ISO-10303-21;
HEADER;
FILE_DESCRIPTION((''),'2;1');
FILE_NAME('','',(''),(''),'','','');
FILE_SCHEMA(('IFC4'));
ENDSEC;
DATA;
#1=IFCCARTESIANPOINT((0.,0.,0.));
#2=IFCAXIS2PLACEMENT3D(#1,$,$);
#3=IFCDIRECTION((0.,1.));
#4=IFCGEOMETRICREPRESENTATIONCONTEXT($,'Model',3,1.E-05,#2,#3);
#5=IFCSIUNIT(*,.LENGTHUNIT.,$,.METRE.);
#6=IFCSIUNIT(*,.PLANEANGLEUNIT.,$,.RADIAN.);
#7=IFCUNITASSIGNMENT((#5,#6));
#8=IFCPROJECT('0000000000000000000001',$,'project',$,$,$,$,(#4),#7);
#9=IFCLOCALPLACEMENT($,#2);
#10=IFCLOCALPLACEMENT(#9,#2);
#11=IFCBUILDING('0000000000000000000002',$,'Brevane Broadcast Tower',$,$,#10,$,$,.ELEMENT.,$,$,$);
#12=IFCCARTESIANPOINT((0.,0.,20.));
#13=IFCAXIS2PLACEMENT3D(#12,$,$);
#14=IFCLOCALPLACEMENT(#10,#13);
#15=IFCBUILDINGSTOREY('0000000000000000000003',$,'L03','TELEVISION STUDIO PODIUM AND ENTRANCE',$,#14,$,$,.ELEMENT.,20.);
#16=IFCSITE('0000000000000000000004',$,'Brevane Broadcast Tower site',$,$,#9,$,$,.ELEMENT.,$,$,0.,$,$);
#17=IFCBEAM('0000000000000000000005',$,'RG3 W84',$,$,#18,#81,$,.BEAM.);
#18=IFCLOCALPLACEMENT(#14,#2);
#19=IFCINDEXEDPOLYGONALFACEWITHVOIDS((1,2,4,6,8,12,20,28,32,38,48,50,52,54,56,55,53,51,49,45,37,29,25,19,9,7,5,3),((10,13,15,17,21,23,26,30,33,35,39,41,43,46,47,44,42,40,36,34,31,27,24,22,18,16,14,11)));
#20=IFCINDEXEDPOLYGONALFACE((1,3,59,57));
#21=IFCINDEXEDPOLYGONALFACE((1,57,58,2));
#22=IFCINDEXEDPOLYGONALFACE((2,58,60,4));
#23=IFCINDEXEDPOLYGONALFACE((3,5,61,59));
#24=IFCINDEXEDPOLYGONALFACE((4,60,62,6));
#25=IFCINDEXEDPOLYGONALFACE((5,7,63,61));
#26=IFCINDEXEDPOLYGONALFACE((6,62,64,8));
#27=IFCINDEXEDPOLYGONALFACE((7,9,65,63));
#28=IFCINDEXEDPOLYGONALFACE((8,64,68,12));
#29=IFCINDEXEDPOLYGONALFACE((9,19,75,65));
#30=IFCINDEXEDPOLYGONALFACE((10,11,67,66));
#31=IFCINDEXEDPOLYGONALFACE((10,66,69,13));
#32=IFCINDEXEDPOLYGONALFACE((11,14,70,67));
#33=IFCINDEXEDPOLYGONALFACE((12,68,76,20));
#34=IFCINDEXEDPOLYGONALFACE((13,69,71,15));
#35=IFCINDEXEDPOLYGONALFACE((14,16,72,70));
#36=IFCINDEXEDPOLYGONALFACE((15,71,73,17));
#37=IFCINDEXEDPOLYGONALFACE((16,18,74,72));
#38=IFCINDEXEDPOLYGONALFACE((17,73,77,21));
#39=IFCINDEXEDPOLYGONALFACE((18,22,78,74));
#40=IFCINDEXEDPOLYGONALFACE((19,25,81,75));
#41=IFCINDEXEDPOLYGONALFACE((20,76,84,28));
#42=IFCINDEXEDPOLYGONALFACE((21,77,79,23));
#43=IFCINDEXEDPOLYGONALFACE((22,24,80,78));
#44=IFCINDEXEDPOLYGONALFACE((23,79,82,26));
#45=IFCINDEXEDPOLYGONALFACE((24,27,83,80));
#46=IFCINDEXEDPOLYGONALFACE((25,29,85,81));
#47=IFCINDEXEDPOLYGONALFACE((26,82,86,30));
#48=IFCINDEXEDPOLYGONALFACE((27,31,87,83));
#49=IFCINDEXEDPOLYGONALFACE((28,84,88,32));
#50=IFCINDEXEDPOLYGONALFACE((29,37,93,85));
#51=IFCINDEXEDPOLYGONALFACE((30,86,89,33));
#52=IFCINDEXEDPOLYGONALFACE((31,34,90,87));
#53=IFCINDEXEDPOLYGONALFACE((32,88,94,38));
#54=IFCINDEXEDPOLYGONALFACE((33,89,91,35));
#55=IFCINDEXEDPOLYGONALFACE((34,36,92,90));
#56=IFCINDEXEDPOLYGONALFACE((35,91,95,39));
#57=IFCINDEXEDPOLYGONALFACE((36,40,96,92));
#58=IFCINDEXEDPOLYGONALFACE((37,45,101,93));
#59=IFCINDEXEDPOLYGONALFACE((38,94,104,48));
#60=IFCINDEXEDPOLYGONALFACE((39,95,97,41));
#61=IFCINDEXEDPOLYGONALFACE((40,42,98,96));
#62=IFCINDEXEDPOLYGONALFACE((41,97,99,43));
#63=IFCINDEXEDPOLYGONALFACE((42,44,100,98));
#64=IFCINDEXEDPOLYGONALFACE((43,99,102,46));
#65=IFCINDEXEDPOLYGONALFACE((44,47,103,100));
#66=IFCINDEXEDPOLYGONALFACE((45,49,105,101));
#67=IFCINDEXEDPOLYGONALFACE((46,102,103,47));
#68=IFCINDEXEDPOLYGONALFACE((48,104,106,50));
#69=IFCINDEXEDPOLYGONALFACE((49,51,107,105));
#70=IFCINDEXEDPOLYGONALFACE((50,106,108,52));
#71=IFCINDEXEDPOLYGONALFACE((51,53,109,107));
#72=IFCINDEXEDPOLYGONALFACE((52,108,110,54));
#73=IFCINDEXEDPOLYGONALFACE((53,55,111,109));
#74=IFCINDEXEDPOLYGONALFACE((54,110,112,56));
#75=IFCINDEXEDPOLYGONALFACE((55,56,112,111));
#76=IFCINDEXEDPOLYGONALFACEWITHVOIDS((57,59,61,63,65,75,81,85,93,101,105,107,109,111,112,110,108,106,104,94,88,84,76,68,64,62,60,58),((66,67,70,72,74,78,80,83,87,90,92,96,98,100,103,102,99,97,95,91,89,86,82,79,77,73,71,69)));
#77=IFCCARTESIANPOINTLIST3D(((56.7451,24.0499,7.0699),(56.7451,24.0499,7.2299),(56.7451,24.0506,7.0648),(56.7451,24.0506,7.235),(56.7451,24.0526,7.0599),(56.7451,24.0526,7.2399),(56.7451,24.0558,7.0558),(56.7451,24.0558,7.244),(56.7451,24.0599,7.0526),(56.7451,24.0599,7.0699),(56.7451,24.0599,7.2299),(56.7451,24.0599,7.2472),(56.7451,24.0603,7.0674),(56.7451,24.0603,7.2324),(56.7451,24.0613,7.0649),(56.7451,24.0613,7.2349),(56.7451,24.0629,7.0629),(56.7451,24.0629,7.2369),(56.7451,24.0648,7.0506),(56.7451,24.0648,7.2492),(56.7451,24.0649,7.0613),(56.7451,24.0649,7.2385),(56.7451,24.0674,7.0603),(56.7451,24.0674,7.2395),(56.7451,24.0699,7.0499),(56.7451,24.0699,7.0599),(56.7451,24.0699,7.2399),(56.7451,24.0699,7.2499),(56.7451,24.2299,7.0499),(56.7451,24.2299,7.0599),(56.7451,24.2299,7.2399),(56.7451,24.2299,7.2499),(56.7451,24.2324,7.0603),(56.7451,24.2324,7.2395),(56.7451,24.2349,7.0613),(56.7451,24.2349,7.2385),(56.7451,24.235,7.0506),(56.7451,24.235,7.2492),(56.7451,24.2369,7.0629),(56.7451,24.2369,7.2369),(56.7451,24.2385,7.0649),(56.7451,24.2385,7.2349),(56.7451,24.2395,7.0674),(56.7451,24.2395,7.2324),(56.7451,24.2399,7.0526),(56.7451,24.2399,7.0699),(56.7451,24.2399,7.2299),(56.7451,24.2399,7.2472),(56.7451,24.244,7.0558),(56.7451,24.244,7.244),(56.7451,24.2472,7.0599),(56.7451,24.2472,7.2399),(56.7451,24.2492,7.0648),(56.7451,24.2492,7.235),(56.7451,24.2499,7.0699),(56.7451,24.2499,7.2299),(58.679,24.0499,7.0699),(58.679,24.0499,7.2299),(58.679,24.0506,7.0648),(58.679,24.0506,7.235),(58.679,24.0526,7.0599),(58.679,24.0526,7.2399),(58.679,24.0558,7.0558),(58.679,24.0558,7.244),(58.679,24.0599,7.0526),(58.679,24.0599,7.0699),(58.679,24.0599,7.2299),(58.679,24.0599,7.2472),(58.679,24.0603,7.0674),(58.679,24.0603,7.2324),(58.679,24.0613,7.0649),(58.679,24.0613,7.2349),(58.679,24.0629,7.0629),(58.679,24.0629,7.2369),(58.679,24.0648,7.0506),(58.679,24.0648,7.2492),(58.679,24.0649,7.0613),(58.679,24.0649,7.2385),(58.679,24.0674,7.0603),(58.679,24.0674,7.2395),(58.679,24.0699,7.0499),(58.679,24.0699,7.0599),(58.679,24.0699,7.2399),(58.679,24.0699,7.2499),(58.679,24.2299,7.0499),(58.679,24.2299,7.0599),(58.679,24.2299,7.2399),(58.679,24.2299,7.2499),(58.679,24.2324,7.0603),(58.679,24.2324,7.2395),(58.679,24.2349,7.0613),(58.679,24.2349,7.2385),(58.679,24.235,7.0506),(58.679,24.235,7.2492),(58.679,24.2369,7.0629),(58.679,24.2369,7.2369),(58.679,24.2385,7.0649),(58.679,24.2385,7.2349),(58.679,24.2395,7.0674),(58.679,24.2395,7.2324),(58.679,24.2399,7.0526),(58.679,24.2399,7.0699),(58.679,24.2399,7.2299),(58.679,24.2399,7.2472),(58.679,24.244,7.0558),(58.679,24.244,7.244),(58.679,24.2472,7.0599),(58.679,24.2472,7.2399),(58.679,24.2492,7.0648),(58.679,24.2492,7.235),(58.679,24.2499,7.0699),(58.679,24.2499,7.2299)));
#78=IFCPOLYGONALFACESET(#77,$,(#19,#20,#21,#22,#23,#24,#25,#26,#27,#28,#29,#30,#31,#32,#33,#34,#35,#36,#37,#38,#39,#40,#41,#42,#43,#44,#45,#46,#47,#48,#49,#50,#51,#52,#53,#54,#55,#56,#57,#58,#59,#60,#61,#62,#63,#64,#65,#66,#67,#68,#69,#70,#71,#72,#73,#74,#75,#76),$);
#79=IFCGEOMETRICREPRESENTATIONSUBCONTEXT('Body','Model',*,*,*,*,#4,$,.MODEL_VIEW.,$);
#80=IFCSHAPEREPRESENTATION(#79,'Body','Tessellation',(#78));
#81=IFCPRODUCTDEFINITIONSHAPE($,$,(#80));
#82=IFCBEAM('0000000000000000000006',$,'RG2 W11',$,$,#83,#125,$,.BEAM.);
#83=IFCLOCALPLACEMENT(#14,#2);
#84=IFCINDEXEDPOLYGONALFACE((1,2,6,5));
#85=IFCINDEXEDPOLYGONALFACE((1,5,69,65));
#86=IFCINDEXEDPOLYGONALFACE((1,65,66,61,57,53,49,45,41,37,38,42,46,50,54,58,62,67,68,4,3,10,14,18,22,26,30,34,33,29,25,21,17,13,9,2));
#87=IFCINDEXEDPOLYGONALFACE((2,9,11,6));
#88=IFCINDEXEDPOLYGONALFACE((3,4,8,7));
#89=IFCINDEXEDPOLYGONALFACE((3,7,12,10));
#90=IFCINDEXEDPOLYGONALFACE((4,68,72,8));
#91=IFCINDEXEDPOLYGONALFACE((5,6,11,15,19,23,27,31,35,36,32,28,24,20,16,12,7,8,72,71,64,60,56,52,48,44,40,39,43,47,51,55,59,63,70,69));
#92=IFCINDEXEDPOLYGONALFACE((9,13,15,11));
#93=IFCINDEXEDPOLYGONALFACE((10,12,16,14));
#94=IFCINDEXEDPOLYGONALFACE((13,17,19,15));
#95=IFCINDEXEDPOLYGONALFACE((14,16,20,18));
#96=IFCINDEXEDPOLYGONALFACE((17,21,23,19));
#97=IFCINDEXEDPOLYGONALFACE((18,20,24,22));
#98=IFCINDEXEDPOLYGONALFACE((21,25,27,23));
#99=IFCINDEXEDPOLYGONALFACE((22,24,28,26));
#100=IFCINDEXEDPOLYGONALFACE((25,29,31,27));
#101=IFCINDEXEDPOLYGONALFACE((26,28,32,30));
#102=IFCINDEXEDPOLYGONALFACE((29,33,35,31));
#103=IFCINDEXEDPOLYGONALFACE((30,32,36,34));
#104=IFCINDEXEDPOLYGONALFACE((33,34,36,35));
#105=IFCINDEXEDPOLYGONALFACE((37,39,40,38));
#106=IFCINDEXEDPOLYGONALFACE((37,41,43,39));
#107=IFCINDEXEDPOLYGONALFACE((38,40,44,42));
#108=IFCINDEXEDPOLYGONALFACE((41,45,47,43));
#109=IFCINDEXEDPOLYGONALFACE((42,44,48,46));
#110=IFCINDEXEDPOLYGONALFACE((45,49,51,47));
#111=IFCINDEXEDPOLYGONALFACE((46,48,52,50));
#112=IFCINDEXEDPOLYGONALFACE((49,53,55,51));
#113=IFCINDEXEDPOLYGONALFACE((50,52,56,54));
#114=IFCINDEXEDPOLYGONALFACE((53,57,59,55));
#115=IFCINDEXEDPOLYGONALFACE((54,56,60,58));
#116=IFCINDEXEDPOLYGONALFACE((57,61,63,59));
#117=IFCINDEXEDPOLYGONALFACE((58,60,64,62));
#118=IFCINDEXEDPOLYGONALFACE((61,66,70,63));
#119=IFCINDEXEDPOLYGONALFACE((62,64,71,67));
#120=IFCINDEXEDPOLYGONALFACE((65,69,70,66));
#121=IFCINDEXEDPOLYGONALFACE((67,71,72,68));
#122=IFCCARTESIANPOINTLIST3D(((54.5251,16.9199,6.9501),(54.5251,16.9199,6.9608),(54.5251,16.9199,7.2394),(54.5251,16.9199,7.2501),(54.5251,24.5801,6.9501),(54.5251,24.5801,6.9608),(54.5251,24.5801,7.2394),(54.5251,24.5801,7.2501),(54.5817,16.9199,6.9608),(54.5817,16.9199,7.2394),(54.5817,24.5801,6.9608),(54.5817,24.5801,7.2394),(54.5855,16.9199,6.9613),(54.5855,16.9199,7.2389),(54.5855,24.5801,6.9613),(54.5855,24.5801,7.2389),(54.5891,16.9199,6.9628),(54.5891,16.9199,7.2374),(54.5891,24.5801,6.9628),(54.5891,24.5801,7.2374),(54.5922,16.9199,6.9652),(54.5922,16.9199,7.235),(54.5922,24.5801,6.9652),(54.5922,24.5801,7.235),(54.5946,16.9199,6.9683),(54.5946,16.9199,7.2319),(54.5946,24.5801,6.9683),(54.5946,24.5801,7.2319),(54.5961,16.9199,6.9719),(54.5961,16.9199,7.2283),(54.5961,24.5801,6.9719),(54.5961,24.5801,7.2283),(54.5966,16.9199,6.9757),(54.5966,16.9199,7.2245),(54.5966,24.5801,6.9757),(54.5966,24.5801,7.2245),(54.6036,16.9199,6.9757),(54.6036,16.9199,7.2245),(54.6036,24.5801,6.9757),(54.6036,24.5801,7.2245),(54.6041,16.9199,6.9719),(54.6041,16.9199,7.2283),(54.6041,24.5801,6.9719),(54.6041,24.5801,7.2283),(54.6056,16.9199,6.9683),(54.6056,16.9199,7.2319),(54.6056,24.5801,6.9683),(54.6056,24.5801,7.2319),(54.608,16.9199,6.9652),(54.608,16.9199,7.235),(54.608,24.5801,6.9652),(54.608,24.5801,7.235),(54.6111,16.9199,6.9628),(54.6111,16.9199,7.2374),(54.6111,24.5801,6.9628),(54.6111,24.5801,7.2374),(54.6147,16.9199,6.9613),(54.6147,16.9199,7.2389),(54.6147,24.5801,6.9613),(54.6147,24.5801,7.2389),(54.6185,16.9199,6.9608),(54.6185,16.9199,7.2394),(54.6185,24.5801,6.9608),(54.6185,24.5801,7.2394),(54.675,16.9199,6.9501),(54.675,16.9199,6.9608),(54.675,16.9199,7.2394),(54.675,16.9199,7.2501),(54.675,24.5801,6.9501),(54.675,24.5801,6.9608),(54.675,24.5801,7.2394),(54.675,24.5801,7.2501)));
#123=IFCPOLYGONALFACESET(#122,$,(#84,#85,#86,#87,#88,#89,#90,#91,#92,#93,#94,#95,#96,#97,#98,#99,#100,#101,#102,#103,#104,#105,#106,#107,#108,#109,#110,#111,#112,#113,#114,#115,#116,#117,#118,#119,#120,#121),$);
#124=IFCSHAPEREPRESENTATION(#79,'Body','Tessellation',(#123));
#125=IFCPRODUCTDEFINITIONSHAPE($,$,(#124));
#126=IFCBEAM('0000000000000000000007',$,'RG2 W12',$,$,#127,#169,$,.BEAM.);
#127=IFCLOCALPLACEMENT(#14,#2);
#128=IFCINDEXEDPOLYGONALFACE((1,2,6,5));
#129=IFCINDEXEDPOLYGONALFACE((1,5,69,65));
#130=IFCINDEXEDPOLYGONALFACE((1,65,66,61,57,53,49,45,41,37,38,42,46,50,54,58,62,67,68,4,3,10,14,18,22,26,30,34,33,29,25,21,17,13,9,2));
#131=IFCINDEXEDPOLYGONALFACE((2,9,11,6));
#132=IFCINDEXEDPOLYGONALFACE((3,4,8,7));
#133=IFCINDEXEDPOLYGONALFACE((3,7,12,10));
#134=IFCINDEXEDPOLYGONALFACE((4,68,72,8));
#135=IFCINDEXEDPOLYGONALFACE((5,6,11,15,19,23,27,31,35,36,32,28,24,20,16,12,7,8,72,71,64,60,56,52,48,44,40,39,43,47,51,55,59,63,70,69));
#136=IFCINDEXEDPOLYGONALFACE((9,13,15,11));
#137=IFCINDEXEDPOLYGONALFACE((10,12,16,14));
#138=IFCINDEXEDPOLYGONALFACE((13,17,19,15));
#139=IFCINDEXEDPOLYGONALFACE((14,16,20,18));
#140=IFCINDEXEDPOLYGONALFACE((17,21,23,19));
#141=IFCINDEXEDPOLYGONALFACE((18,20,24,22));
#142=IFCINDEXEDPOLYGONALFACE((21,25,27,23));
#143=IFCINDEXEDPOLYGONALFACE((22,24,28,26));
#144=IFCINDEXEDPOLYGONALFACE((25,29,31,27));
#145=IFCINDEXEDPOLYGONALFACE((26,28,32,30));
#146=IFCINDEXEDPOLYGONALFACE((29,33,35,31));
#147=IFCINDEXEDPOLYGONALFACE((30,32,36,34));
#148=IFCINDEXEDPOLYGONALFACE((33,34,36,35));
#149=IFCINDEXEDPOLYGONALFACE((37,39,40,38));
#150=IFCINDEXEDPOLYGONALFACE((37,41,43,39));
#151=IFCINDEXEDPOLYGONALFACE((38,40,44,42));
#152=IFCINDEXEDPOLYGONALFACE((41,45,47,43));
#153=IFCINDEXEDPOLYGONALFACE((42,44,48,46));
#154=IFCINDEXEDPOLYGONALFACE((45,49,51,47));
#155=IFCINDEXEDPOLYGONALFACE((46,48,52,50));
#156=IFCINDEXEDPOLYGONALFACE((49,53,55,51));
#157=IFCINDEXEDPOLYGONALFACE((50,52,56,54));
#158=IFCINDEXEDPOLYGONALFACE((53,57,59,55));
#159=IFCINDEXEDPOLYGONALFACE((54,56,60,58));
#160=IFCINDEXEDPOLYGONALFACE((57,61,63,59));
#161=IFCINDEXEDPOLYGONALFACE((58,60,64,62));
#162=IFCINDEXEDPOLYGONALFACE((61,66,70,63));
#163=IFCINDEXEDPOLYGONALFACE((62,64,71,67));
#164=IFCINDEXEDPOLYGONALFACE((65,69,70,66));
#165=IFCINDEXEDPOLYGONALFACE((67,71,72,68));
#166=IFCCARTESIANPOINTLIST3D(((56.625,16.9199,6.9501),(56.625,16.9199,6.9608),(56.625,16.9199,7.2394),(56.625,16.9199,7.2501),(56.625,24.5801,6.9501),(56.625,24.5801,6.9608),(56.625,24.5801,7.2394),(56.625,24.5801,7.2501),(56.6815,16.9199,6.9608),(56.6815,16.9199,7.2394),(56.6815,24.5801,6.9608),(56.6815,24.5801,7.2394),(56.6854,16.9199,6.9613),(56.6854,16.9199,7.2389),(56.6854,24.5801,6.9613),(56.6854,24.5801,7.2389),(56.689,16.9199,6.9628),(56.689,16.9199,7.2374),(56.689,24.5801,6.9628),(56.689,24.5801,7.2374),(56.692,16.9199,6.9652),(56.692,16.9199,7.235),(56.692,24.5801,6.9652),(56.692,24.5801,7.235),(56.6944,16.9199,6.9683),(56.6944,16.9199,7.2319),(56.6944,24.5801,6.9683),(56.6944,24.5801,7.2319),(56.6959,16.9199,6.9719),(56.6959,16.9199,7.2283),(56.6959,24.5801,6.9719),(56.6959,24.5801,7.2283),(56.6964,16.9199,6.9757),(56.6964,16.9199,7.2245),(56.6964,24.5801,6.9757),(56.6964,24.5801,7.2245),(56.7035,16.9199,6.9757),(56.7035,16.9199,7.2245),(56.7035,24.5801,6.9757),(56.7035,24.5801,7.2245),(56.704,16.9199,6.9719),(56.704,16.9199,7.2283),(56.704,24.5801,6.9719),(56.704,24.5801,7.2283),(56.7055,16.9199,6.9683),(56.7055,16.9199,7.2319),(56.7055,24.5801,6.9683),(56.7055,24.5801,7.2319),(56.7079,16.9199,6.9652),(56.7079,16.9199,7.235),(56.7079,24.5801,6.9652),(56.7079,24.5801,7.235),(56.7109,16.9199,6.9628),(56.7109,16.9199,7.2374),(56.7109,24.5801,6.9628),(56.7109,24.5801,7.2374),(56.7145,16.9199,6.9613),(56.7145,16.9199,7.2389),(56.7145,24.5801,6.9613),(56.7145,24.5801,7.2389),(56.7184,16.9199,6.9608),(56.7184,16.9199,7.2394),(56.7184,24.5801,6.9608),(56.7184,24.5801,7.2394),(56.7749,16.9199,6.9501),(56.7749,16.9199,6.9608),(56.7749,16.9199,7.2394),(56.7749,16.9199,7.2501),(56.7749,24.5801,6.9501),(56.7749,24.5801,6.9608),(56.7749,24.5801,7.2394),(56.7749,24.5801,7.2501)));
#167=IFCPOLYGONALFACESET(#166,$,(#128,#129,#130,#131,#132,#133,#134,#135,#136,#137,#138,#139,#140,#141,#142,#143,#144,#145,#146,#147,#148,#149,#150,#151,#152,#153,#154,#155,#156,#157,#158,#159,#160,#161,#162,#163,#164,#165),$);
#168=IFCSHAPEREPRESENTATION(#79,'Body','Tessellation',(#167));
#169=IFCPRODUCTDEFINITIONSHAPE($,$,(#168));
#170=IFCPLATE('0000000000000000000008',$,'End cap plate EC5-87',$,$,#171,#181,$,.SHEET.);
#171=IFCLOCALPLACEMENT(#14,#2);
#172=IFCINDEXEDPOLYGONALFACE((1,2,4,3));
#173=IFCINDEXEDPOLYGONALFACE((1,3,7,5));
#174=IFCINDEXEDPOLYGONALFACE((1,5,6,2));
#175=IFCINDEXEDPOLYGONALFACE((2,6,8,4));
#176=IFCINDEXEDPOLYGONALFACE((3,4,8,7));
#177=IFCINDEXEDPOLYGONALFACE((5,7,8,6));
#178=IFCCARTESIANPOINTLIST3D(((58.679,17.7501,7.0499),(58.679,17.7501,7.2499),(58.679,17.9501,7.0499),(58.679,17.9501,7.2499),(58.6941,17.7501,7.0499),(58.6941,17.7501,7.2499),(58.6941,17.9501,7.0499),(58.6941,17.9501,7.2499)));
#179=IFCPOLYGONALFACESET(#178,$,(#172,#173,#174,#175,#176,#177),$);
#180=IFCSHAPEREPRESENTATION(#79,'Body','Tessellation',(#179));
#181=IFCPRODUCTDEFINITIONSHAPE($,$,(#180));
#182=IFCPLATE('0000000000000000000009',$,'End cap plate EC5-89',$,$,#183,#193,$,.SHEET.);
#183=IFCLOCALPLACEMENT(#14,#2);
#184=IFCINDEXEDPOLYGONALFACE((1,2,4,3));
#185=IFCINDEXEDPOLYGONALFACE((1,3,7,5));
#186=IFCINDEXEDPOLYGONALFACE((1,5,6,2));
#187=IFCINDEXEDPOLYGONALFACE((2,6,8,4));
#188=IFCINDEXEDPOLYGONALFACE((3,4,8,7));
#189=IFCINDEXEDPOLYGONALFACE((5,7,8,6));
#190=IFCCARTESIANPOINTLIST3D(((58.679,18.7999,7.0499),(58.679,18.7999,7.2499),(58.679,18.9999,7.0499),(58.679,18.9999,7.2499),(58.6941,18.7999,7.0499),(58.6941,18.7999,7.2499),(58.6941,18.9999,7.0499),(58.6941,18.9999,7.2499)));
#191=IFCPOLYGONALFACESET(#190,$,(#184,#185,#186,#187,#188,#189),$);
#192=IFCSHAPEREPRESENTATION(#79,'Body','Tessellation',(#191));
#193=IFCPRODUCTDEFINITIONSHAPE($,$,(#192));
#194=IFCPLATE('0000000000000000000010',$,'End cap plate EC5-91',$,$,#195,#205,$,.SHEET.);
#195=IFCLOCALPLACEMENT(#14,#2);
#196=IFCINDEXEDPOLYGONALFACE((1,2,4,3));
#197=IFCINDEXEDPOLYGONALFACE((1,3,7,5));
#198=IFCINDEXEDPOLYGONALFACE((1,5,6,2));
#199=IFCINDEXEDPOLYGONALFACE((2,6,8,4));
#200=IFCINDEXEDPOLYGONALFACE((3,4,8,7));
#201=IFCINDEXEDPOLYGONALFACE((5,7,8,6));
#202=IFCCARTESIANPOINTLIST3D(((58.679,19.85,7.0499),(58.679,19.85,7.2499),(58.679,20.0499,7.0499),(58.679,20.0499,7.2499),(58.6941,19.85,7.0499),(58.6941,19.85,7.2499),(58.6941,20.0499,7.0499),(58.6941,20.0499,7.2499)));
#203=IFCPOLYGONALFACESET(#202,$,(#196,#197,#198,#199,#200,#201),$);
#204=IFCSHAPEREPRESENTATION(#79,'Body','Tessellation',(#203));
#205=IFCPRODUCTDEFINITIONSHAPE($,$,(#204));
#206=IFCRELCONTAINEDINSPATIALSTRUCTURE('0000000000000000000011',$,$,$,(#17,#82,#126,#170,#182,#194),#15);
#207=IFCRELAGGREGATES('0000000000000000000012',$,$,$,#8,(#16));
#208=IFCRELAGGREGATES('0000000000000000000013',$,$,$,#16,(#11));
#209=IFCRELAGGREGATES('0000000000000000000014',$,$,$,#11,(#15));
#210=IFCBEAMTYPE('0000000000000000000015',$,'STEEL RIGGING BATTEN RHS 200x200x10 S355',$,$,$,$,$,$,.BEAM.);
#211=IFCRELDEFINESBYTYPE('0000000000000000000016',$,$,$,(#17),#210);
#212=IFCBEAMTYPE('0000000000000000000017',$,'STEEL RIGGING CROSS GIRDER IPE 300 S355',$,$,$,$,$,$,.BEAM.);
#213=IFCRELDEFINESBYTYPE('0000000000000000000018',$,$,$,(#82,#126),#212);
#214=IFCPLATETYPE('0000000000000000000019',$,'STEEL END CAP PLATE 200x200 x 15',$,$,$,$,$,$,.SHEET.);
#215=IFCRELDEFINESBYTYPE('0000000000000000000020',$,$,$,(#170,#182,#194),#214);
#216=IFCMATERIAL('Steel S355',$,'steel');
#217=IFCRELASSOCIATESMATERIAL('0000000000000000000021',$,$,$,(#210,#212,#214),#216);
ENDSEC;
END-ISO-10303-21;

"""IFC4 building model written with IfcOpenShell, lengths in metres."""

from ifc_helpers import new_model, si_unit, direction, frame, origin, origin_2d, place, context, subcontext, project, spatial, rectangle, hollow_rectangle, i_section, extrude, material, material_profile, profile_set, type_object, element, save


model = new_model("IFC4")

# Units and contexts
model_context = context("Model", 3, precision=1e-05, world=origin(), true_north=direction((0.0, 1.0)))
body_context = subcontext(model_context, "Body", "Model", "MODEL_VIEW")
ifc_project = project(units=[si_unit("LENGTHUNIT", "METRE"), si_unit("PLANEANGLEUNIT", "RADIAN")], contexts=[model_context])

# Site, building, storey
site_placement = place(None, origin())
site = spatial("IfcSite", under=ifc_project, at=site_placement, Name="Brevane Broadcast Tower site", CompositionType="ELEMENT", RefElevation=0.0)
building_placement = place(site_placement, origin())
building = spatial("IfcBuilding", under=site, at=building_placement, Name="Brevane Broadcast Tower", CompositionType="ELEMENT")
storey_placement = place(building_placement, frame((0.0, 0.0, 20.0)))
storey = spatial("IfcBuildingStorey", under=building, at=storey_placement, Name="L03", Description="TELEVISION STUDIO PODIUM AND ENTRANCE", CompositionType="ELEMENT", Elevation=20.0)

# Beams
ifc_material_1 = material(Name="Steel S355", Category="steel")
ifc_material_profile_1 = material_profile(ifc_material_1, hollow_rectangle(XDim=0.2, YDim=0.2, WallThickness=0.01, InnerFilletRadius=0.01, OuterFilletRadius=0.02, at=origin_2d()), Name="RHS 200x200x10")
ifc_profile_set_1 = profile_set([ifc_material_profile_1], Name="Steel S355")
beam_type_1 = type_object("IfcBeamType", Name="STEEL RIGGING BATTEN RHS 200x200x10 S355", PredefinedType="BEAM", material=ifc_profile_set_1)
beam_1_placement = place(storey_placement, frame((56.7451, 24.1499, 7.1499), z_axis=(1.0, 0.0, 0.0), x_axis=(0.0, 1.0, 0.0)))
element("IfcBeam", 1, at=beam_1_placement, inside=storey, type_object=beam_type_1, Name="RG3 W84", PredefinedType="BEAM", context=body_context, shape_type="SweptSolid", body=[
    extrude(hollow_rectangle(XDim=0.2, YDim=0.2, WallThickness=0.01, InnerFilletRadius=0.01, OuterFilletRadius=0.02, at=origin_2d()), origin(), (0.0, 0.0, 1.0), 1.9338),
])
ifc_material_profile_2 = material_profile(ifc_material_1, i_section(OverallWidth=0.1499, OverallDepth=0.3, WebThickness=0.0071, FlangeThickness=0.0107, FilletRadius=0.0149, at=origin_2d()), Name="IPE 300")
ifc_profile_set_2 = profile_set([ifc_material_profile_2], Name="Steel S355")
beam_type_2 = type_object("IfcBeamType", Name="STEEL RIGGING CROSS GIRDER IPE 300 S355", PredefinedType="BEAM", material=ifc_profile_set_2)
for number, where, z_axis, x_axis, name in (
    (2, (54.6001, 16.9199, 7.1001), (0.0, 1.0, 0.0), (-1.0, 0.0, 0.0), "RG2 W11"),
    (3, (56.7, 16.9199, 7.1001), (0.0, 1.0, 0.0), (-1.0, 0.0, 0.0), "RG2 W12"),
):
    element("IfcBeam", number, at=place(storey_placement, frame(where, z_axis=z_axis, x_axis=x_axis)), inside=storey, type_object=beam_type_2, Name=name, PredefinedType="BEAM", context=body_context, shape_type="SweptSolid", body=[
        extrude(i_section(OverallWidth=0.1499, OverallDepth=0.3, WebThickness=0.0071, FlangeThickness=0.0107, FilletRadius=0.0149, at=origin_2d()), origin(), (0.0, 0.0, 1.0), 7.6602),
    ])

# Plates
ifc_material_profile_3 = material_profile(ifc_material_1, rectangle(XDim=0.2, YDim=0.2, at=origin_2d()), Name="PL 200x200 x 15")
ifc_profile_set_3 = profile_set([ifc_material_profile_3], Name="Steel S355")
plate_type = type_object("IfcPlateType", Name="STEEL END CAP PLATE 200x200 x 15", PredefinedType="SHEET", material=ifc_profile_set_3)
for number, where, z_axis, x_axis, name in (
    (4, (58.679, 17.8501, 7.1499), (1.0, 0.0, 0.0), (0.0, 1.0, 0.0), "End cap plate EC5-87"),
    (5, (58.679, 18.8999, 7.1499), (1.0, 0.0, 0.0), (0.0, 1.0, 0.0), "End cap plate EC5-89"),
    (6, (58.679, 19.95, 7.1499), (1.0, 0.0, 0.0), (0.0, 1.0, 0.0), "End cap plate EC5-91"),
):
    element("IfcPlate", number, at=place(storey_placement, frame(where, z_axis=z_axis, x_axis=x_axis)), inside=storey, type_object=plate_type, Name=name, PredefinedType="SHEET", context=body_context, shape_type="SweptSolid", body=[
        extrude(rectangle(XDim=0.2, YDim=0.2, at=origin_2d()), origin(), (0.0, 0.0, 1.0), 0.0151),
    ])

save(model, "model.ifc")
